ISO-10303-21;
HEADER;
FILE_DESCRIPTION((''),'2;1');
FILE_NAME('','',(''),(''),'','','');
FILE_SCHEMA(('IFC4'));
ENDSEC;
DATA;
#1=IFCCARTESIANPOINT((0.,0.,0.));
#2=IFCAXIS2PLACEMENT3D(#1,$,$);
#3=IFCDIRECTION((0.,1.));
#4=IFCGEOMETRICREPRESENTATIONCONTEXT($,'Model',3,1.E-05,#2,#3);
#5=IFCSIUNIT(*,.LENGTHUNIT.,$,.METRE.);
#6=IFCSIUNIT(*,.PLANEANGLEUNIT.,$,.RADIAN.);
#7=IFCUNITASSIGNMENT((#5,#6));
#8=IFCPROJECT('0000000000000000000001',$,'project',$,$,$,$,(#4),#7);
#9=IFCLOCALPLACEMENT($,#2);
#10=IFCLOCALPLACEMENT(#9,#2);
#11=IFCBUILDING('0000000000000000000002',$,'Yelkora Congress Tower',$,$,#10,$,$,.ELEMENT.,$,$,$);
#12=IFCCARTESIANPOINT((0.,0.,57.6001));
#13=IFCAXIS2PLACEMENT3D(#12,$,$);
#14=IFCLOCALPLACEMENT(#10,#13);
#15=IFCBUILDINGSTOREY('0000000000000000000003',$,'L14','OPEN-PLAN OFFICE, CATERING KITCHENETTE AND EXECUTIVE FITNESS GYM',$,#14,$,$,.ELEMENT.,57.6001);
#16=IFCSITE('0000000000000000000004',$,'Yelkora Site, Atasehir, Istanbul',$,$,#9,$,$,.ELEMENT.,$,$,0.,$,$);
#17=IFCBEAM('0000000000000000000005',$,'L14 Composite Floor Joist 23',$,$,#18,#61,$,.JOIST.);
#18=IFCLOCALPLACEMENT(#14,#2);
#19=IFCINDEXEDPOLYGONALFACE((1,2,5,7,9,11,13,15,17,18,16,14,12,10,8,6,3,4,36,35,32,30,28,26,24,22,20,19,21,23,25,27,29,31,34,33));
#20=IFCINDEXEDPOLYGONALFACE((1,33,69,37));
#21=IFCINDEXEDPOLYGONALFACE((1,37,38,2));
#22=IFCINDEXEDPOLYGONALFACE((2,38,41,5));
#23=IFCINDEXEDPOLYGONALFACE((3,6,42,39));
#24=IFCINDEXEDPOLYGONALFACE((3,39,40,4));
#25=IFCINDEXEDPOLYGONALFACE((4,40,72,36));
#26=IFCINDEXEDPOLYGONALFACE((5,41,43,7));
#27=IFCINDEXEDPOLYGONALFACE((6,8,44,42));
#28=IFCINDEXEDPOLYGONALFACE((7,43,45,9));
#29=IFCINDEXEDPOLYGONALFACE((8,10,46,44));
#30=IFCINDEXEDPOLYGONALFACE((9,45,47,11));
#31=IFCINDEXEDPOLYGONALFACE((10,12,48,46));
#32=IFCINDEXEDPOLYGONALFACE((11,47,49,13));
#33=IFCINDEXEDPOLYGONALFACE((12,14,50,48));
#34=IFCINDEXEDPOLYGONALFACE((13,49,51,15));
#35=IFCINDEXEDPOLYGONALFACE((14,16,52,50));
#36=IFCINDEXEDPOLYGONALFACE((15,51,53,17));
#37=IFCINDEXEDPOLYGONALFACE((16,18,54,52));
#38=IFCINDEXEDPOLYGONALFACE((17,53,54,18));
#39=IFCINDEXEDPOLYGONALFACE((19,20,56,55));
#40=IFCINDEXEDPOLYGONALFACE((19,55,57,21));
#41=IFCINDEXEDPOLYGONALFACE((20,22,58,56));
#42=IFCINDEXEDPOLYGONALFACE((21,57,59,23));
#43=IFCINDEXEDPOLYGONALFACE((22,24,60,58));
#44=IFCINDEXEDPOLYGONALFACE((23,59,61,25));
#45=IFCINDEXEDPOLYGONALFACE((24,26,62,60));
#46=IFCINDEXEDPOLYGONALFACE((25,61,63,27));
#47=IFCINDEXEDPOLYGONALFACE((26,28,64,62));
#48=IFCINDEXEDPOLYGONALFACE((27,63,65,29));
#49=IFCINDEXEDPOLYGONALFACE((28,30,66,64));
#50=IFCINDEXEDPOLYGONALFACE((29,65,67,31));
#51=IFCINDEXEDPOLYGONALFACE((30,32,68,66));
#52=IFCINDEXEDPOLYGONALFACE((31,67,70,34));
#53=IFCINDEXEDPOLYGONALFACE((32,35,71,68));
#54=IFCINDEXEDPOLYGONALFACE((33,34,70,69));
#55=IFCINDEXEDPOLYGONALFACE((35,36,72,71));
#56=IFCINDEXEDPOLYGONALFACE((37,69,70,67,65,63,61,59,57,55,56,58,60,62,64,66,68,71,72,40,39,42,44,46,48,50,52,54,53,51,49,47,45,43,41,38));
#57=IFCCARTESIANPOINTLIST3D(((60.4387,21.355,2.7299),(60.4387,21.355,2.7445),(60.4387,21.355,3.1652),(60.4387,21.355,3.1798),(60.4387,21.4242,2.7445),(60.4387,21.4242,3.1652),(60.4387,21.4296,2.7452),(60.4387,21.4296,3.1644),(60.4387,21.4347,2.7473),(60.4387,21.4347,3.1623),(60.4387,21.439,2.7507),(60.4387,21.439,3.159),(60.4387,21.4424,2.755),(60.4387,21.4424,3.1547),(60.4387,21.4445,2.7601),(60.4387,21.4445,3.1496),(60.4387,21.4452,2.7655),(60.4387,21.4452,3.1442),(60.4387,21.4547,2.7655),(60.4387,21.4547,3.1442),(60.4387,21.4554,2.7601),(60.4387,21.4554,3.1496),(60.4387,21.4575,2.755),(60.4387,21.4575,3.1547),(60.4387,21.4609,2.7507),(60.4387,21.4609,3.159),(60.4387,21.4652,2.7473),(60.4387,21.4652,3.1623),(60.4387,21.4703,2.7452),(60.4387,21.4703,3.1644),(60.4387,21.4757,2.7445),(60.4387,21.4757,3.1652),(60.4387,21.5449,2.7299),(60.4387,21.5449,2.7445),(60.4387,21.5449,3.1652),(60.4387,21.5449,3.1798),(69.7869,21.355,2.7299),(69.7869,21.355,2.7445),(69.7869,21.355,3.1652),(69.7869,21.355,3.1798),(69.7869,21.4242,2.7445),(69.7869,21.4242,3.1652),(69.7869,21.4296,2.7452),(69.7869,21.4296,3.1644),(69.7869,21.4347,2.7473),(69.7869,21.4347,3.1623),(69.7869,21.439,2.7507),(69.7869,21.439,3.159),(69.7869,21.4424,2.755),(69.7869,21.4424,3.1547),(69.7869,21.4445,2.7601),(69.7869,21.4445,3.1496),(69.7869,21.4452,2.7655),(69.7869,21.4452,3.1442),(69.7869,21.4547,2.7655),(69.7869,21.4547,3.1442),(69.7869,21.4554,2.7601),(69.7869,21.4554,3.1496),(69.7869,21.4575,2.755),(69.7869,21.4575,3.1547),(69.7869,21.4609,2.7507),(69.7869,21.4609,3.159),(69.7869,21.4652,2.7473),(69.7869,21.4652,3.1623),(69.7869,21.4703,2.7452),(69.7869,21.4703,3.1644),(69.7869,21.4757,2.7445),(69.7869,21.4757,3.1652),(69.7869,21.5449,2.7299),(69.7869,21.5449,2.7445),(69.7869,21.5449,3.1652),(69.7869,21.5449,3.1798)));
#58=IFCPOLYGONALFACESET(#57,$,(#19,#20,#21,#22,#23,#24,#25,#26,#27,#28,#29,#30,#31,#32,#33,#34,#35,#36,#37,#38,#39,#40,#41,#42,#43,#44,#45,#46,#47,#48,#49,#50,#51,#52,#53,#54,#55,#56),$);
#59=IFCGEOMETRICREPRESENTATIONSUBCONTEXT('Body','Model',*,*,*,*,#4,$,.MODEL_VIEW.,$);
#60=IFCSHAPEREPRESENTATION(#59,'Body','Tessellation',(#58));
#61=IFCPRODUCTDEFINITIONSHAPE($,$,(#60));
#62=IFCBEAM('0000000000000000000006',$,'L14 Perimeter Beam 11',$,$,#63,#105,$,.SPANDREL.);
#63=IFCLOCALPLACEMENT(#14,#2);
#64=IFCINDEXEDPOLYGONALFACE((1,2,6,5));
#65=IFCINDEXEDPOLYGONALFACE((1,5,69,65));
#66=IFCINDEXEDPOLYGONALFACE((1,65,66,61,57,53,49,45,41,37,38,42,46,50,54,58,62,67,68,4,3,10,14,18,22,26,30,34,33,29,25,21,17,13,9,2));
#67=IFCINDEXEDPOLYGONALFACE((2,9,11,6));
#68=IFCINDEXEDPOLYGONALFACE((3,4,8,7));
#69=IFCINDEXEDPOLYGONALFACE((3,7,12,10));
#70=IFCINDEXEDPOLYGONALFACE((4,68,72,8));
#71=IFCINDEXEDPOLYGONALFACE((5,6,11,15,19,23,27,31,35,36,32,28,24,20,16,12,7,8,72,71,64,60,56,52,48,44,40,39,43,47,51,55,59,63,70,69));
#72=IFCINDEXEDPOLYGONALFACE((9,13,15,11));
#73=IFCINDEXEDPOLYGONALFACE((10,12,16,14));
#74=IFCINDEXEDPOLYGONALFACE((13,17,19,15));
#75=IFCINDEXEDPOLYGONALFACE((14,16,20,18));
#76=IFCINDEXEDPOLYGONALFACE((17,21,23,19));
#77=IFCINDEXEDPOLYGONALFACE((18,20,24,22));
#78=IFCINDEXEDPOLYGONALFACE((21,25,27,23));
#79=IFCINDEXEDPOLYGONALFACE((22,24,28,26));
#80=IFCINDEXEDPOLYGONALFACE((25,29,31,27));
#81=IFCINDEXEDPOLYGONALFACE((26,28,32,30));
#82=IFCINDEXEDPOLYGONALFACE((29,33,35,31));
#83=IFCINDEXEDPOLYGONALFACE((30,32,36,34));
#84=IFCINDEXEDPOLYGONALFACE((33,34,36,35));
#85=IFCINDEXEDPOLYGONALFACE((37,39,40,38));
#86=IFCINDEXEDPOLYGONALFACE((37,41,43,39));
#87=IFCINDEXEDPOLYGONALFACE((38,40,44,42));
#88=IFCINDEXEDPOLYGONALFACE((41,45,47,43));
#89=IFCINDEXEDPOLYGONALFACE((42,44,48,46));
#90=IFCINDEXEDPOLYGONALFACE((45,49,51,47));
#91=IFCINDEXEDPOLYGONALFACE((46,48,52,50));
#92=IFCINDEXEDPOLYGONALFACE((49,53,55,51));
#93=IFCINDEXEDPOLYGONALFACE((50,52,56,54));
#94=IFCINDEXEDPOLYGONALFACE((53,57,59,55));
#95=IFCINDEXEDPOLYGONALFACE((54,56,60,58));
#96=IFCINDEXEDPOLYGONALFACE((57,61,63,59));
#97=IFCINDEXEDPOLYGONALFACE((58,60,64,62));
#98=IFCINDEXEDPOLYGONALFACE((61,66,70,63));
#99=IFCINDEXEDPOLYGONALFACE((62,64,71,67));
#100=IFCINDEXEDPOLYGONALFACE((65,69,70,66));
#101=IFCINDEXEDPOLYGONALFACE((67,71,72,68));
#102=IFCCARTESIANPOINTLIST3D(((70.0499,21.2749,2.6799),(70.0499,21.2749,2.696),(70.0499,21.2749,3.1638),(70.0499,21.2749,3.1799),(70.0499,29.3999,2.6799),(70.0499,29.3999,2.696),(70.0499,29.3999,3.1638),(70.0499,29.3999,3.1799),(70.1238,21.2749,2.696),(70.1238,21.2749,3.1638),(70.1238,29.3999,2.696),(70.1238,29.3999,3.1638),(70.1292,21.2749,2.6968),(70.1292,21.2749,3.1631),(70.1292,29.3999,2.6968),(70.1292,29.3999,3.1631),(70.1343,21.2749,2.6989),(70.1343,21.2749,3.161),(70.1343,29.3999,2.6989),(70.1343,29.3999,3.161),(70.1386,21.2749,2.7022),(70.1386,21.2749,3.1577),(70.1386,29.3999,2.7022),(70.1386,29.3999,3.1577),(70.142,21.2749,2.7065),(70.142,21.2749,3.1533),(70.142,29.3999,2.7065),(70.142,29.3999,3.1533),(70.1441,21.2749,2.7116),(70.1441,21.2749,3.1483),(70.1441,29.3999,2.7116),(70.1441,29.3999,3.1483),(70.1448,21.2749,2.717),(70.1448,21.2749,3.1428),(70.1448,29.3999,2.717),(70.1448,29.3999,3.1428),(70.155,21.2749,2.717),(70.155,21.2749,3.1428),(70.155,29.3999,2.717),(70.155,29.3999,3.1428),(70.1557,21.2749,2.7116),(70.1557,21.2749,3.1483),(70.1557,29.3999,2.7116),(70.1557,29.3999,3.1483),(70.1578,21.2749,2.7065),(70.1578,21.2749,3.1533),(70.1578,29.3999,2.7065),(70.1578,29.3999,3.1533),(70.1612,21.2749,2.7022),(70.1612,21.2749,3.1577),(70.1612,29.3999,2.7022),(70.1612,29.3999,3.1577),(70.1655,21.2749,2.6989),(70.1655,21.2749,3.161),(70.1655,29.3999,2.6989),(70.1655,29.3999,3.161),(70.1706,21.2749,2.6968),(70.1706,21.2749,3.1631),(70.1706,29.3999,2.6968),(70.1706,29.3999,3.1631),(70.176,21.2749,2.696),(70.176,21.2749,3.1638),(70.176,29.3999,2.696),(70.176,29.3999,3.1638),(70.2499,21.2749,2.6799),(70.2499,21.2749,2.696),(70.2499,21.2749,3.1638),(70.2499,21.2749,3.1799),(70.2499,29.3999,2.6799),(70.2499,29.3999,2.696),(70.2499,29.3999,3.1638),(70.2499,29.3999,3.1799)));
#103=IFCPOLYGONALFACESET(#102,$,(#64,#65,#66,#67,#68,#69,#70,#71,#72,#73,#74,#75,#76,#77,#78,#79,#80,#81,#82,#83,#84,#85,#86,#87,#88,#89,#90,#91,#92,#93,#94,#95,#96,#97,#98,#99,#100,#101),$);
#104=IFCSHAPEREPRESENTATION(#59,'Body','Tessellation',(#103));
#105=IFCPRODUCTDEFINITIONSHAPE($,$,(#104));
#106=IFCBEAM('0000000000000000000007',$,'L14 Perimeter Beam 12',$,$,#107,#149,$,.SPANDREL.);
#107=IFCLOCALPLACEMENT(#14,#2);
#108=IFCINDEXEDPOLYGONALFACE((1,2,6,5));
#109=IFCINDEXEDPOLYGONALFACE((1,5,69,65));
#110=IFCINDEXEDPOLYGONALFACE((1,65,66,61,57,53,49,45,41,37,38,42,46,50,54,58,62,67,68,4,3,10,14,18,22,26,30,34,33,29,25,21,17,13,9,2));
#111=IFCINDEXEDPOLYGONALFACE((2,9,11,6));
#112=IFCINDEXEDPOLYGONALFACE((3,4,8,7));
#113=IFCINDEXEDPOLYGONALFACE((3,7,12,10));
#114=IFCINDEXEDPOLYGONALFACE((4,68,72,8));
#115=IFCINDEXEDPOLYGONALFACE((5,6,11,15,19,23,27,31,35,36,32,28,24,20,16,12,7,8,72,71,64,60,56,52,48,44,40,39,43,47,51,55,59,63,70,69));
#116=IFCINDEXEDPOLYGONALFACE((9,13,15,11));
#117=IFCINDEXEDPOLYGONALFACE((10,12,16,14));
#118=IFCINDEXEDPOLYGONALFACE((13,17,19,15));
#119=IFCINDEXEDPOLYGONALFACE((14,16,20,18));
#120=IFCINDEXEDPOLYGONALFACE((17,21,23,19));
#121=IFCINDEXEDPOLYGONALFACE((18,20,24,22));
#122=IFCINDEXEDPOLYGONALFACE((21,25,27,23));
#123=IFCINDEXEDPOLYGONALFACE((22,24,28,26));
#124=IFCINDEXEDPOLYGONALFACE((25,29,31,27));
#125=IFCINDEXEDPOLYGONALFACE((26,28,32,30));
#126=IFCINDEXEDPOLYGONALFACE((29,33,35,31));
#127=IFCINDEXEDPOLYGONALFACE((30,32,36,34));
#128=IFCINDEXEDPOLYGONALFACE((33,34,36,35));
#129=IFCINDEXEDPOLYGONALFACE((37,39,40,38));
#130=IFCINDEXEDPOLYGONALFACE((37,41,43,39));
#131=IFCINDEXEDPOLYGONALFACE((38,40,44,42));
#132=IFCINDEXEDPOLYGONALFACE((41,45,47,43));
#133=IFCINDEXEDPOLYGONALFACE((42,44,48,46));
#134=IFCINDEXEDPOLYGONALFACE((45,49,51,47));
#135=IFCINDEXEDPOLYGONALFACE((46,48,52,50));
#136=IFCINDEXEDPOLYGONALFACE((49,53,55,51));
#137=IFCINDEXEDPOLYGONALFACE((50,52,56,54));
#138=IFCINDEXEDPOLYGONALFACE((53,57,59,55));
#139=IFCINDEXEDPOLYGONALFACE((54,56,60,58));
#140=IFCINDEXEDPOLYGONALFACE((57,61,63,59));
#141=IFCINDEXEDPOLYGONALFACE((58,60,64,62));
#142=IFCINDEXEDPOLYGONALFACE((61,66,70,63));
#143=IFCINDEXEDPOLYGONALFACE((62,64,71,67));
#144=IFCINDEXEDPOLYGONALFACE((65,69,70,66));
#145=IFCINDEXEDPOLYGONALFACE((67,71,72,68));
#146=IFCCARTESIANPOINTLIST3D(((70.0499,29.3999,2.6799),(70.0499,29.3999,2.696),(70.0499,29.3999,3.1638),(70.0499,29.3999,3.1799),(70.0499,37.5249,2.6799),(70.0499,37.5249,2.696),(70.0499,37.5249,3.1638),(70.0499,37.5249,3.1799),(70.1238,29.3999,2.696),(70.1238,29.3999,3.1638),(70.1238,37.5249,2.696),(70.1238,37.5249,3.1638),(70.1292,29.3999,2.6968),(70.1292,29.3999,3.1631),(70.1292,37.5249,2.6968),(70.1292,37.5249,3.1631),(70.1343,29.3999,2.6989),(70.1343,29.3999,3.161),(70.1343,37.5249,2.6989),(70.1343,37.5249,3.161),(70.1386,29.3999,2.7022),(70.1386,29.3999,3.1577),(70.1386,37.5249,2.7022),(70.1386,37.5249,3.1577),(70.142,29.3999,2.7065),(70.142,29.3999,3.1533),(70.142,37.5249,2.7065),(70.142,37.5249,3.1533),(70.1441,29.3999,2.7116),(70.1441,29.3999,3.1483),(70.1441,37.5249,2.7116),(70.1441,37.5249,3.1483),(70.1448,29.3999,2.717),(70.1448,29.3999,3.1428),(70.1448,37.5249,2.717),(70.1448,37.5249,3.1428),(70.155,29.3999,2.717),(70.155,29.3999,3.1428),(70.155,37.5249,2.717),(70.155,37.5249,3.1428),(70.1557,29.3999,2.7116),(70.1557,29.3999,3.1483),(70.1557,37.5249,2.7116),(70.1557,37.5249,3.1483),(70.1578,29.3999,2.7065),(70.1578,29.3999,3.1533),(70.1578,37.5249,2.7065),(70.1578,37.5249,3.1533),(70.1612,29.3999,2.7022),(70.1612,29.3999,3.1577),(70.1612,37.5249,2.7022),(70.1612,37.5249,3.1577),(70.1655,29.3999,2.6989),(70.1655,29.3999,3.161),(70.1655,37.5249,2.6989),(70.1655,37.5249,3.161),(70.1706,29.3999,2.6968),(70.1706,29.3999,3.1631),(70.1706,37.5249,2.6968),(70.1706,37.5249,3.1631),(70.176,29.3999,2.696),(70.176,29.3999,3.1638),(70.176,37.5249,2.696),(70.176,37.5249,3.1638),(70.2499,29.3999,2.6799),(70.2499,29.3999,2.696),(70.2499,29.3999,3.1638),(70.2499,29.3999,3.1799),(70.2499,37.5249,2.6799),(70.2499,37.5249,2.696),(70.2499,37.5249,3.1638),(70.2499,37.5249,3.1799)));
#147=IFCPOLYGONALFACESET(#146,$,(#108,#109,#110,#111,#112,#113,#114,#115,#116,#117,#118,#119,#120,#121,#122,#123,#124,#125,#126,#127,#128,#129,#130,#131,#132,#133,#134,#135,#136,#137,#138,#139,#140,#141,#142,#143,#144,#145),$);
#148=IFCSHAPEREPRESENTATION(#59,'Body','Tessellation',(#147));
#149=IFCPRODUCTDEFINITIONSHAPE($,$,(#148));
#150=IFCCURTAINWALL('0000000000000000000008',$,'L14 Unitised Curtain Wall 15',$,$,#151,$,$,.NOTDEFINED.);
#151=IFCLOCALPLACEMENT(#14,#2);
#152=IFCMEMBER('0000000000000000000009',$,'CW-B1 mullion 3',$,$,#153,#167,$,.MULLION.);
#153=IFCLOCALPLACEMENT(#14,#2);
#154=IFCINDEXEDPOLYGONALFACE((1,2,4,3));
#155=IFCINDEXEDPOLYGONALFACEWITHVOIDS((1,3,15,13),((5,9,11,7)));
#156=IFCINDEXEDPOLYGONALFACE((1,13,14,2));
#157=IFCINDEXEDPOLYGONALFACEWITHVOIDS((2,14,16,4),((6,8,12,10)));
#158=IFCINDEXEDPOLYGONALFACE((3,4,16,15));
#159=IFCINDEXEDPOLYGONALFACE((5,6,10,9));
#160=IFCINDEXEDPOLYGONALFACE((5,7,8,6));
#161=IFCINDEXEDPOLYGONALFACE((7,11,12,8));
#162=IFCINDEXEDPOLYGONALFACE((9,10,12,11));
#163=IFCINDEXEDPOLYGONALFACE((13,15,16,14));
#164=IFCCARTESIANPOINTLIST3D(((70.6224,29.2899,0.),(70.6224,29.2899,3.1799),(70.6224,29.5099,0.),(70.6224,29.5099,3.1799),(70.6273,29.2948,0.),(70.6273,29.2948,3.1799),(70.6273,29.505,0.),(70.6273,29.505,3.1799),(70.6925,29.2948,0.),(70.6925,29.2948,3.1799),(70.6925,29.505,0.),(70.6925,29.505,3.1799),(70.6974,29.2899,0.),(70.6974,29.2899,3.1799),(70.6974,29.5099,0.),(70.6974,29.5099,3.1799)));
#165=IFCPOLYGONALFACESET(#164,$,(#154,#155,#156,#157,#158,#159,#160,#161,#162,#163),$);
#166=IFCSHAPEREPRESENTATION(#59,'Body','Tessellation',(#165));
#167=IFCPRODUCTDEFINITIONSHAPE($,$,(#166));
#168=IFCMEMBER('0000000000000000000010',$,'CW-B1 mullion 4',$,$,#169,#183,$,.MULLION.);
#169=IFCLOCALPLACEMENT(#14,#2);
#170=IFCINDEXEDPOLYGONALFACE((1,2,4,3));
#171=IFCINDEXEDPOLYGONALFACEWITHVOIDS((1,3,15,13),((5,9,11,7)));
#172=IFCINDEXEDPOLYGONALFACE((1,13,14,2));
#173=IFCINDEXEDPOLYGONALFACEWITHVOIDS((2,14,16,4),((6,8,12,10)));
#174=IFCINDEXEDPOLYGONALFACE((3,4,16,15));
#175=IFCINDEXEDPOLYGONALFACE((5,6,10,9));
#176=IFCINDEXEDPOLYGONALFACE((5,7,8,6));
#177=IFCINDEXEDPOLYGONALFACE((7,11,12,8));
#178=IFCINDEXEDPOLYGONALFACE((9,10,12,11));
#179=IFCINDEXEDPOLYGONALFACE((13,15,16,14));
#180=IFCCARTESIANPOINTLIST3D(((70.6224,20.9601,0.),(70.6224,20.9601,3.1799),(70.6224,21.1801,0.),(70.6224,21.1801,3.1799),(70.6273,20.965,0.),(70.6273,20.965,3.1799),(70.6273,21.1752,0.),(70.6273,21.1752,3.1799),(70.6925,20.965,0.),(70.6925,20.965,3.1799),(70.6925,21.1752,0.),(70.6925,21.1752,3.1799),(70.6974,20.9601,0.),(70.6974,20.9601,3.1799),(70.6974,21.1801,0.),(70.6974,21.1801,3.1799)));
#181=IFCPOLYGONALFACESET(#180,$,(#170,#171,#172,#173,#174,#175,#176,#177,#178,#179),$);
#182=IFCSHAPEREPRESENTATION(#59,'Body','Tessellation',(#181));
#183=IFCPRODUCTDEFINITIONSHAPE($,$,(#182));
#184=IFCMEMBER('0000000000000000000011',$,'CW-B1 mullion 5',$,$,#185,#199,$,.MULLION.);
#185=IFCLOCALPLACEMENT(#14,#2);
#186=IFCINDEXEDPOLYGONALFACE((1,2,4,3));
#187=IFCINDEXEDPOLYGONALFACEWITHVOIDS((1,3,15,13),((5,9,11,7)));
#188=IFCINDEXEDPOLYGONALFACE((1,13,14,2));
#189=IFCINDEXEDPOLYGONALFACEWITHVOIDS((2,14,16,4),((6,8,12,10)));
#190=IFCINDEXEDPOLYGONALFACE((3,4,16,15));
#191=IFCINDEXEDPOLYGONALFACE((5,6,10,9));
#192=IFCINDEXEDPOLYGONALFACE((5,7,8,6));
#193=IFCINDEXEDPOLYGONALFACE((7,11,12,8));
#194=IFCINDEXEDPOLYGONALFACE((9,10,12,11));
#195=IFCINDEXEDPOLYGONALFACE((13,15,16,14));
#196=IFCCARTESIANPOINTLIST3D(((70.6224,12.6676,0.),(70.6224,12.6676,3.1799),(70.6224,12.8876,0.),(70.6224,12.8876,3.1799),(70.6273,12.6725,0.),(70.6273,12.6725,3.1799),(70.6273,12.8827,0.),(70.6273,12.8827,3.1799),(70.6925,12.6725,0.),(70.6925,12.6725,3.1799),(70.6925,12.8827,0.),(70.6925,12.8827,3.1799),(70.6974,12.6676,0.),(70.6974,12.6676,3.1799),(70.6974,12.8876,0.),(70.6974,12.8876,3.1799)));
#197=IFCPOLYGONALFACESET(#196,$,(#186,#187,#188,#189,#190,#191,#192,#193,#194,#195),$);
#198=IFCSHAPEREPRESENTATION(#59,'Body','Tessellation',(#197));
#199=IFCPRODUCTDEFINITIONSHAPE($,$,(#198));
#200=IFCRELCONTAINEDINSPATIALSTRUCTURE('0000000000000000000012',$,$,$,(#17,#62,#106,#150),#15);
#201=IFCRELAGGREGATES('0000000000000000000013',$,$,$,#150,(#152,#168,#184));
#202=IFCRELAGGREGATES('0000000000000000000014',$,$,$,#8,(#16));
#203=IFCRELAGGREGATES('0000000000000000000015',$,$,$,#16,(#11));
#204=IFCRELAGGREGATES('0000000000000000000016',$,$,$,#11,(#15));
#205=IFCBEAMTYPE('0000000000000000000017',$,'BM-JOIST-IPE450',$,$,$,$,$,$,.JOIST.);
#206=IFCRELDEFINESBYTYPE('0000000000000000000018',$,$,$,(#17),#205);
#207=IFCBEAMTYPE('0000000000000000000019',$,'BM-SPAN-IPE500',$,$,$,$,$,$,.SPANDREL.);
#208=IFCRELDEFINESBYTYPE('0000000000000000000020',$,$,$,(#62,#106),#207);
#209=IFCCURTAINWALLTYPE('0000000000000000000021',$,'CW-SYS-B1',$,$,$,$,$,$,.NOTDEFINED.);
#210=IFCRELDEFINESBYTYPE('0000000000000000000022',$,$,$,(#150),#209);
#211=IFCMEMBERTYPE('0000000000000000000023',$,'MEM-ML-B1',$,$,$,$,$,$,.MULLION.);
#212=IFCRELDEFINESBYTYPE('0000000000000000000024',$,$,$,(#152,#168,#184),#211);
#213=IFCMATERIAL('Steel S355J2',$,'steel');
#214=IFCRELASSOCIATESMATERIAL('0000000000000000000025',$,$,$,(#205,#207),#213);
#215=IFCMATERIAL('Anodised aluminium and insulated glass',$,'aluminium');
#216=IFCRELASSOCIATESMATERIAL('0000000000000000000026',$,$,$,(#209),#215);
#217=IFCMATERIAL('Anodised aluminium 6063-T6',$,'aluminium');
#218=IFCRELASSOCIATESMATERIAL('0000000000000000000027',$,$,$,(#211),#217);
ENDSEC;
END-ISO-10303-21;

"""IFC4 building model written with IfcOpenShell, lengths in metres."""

from ifc_helpers import new_model, si_unit, direction, frame, origin, origin_2d, place, context, subcontext, project, spatial, hollow_rectangle, i_section, extrude, material, material_profile, profile_set, type_object, element, aggregate, save


model = new_model("IFC4")

# Units and contexts
model_context = context("Model", 3, precision=1e-05, world=origin(), true_north=direction((0.0, 1.0)))
body_context = subcontext(model_context, "Body", "Model", "MODEL_VIEW")
ifc_project = project(units=[si_unit("LENGTHUNIT", "METRE"), si_unit("PLANEANGLEUNIT", "RADIAN")], contexts=[model_context])

# Site, building, storey
site_placement = place(None, origin())
site = spatial("IfcSite", under=ifc_project, at=site_placement, Name="Yelkora Site, Atasehir, Istanbul", CompositionType="ELEMENT", RefElevation=0.0)
building_placement = place(site_placement, origin())
building = spatial("IfcBuilding", under=site, at=building_placement, Name="Yelkora Congress Tower", CompositionType="ELEMENT")
storey_placement = place(building_placement, frame((0.0, 0.0, 57.6001)))
storey = spatial("IfcBuildingStorey", under=building, at=storey_placement, Name="L14", Description="OPEN-PLAN OFFICE, CATERING KITCHENETTE AND EXECUTIVE FITNESS GYM", CompositionType="ELEMENT", Elevation=57.6001)

# Beams
ifc_material_1 = material(Name="Steel S355J2", Category="steel")
ifc_material_profile_1 = material_profile(ifc_material_1, i_section(OverallWidth=0.1899, OverallDepth=0.45, WebThickness=0.0095, FlangeThickness=0.0146, FilletRadius=0.021, at=origin_2d()), Name="IPE 450")
ifc_profile_set_1 = profile_set([ifc_material_profile_1], Name="Steel S355J2")
beam_type_1 = type_object("IfcBeamType", Name="BM-JOIST-IPE450", PredefinedType="JOIST", material=ifc_profile_set_1)
beam_1_placement = place(storey_placement, frame((60.4387, 21.45, 2.9548), z_axis=(1.0, 0.0, 0.0), x_axis=(0.0, 1.0, 0.0)))
element("IfcBeam", 1, at=beam_1_placement, inside=storey, type_object=beam_type_1, Name="L14 Composite Floor Joist 23", PredefinedType="JOIST", context=body_context, shape_type="SweptSolid", body=[
    extrude(i_section(OverallWidth=0.1899, OverallDepth=0.45, WebThickness=0.0095, FlangeThickness=0.0146, FilletRadius=0.021, at=origin_2d()), origin(), (0.0, 0.0, 1.0), 9.3481),
])
ifc_material_profile_2 = material_profile(ifc_material_1, i_section(OverallWidth=0.2, OverallDepth=0.5, WebThickness=0.0103, FlangeThickness=0.0161, FilletRadius=0.021, at=origin_2d()), Name="IPE 500")
ifc_profile_set_2 = profile_set([ifc_material_profile_2], Name="Steel S355J2")
beam_type_2 = type_object("IfcBeamType", Name="BM-SPAN-IPE500", PredefinedType="SPANDREL", material=ifc_profile_set_2)
for number, where, z_axis, x_axis, name in (
    (2, (70.1499, 21.2749, 2.9299), (0.0, 1.0, 0.0), (-1.0, 0.0, 0.0), "L14 Perimeter Beam 11"),
    (3, (70.1499, 29.3999, 2.9299), (0.0, 1.0, 0.0), (-1.0, 0.0, 0.0), "L14 Perimeter Beam 12"),
):
    element("IfcBeam", number, at=place(storey_placement, frame(where, z_axis=z_axis, x_axis=x_axis)), inside=storey, type_object=beam_type_2, Name=name, PredefinedType="SPANDREL", context=body_context, shape_type="SweptSolid", body=[
        extrude(i_section(OverallWidth=0.2, OverallDepth=0.5, WebThickness=0.0103, FlangeThickness=0.0161, FilletRadius=0.021, at=origin_2d()), origin(), (0.0, 0.0, 1.0), 8.125),
    ])

# Curtain wall, members
ifc_material_2 = material(Name="Anodised aluminium and insulated glass", Category="aluminium")
curtain_wall_type = type_object("IfcCurtainWallType", Name="CW-SYS-B1", PredefinedType="NOTDEFINED", material=ifc_material_2)
curtain_wall_placement = place(storey_placement, origin())
curtain_wall = element("IfcCurtainWall", 4, at=curtain_wall_placement, inside=storey, type_object=curtain_wall_type, Name="L14 Unitised Curtain Wall 15", PredefinedType="NOTDEFINED")
ifc_material_3 = material(Name="Anodised aluminium 6063-T6", Category="aluminium")
ifc_material_profile_3 = material_profile(ifc_material_3, hollow_rectangle(XDim=0.075, YDim=0.22, WallThickness=0.0049, at=origin_2d()), Name="ALU 75x220x5")
ifc_profile_set_3 = profile_set([ifc_material_profile_3], Name="Anodised aluminium 6063-T6")
member_type_1 = type_object("IfcMemberType", Name="MEM-ML-B1", PredefinedType="MULLION", material=ifc_profile_set_3)
member_1_placement = place(storey_placement, frame((70.6599, 29.3999, 0.0), z_axis=(0.0, 0.0, 1.0), x_axis=(1.0, 0.0, 0.0)))
member_1 = element("IfcMember", 5, at=member_1_placement, type_object=member_type_1, Name="CW-B1 mullion 3", PredefinedType="MULLION", context=body_context, shape_type="SweptSolid", body=[
    extrude(hollow_rectangle(XDim=0.075, YDim=0.22, WallThickness=0.0049, at=origin_2d()), origin(), (0.0, 0.0, 1.0), 3.1799),
])
member_2_placement = place(storey_placement, frame((70.6599, 21.0701, 0.0), z_axis=(0.0, 0.0, 1.0), x_axis=(1.0, 0.0, 0.0)))
member_2 = element("IfcMember", 6, at=member_2_placement, type_object=member_type_1, Name="CW-B1 mullion 4", PredefinedType="MULLION", context=body_context, shape_type="SweptSolid", body=[
    extrude(hollow_rectangle(XDim=0.075, YDim=0.22, WallThickness=0.0049, at=origin_2d()), origin(), (0.0, 0.0, 1.0), 3.1799),
])
member_3_placement = place(storey_placement, frame((70.6599, 12.7776, 0.0), z_axis=(0.0, 0.0, 1.0), x_axis=(1.0, 0.0, 0.0)))
member_3 = element("IfcMember", 7, at=member_3_placement, type_object=member_type_1, Name="CW-B1 mullion 5", PredefinedType="MULLION", context=body_context, shape_type="SweptSolid", body=[
    extrude(hollow_rectangle(XDim=0.075, YDim=0.22, WallThickness=0.0049, at=origin_2d()), origin(), (0.0, 0.0, 1.0), 3.1799),
])
aggregate(curtain_wall, [member_1, member_2, member_3])

save(model, "model.ifc")
